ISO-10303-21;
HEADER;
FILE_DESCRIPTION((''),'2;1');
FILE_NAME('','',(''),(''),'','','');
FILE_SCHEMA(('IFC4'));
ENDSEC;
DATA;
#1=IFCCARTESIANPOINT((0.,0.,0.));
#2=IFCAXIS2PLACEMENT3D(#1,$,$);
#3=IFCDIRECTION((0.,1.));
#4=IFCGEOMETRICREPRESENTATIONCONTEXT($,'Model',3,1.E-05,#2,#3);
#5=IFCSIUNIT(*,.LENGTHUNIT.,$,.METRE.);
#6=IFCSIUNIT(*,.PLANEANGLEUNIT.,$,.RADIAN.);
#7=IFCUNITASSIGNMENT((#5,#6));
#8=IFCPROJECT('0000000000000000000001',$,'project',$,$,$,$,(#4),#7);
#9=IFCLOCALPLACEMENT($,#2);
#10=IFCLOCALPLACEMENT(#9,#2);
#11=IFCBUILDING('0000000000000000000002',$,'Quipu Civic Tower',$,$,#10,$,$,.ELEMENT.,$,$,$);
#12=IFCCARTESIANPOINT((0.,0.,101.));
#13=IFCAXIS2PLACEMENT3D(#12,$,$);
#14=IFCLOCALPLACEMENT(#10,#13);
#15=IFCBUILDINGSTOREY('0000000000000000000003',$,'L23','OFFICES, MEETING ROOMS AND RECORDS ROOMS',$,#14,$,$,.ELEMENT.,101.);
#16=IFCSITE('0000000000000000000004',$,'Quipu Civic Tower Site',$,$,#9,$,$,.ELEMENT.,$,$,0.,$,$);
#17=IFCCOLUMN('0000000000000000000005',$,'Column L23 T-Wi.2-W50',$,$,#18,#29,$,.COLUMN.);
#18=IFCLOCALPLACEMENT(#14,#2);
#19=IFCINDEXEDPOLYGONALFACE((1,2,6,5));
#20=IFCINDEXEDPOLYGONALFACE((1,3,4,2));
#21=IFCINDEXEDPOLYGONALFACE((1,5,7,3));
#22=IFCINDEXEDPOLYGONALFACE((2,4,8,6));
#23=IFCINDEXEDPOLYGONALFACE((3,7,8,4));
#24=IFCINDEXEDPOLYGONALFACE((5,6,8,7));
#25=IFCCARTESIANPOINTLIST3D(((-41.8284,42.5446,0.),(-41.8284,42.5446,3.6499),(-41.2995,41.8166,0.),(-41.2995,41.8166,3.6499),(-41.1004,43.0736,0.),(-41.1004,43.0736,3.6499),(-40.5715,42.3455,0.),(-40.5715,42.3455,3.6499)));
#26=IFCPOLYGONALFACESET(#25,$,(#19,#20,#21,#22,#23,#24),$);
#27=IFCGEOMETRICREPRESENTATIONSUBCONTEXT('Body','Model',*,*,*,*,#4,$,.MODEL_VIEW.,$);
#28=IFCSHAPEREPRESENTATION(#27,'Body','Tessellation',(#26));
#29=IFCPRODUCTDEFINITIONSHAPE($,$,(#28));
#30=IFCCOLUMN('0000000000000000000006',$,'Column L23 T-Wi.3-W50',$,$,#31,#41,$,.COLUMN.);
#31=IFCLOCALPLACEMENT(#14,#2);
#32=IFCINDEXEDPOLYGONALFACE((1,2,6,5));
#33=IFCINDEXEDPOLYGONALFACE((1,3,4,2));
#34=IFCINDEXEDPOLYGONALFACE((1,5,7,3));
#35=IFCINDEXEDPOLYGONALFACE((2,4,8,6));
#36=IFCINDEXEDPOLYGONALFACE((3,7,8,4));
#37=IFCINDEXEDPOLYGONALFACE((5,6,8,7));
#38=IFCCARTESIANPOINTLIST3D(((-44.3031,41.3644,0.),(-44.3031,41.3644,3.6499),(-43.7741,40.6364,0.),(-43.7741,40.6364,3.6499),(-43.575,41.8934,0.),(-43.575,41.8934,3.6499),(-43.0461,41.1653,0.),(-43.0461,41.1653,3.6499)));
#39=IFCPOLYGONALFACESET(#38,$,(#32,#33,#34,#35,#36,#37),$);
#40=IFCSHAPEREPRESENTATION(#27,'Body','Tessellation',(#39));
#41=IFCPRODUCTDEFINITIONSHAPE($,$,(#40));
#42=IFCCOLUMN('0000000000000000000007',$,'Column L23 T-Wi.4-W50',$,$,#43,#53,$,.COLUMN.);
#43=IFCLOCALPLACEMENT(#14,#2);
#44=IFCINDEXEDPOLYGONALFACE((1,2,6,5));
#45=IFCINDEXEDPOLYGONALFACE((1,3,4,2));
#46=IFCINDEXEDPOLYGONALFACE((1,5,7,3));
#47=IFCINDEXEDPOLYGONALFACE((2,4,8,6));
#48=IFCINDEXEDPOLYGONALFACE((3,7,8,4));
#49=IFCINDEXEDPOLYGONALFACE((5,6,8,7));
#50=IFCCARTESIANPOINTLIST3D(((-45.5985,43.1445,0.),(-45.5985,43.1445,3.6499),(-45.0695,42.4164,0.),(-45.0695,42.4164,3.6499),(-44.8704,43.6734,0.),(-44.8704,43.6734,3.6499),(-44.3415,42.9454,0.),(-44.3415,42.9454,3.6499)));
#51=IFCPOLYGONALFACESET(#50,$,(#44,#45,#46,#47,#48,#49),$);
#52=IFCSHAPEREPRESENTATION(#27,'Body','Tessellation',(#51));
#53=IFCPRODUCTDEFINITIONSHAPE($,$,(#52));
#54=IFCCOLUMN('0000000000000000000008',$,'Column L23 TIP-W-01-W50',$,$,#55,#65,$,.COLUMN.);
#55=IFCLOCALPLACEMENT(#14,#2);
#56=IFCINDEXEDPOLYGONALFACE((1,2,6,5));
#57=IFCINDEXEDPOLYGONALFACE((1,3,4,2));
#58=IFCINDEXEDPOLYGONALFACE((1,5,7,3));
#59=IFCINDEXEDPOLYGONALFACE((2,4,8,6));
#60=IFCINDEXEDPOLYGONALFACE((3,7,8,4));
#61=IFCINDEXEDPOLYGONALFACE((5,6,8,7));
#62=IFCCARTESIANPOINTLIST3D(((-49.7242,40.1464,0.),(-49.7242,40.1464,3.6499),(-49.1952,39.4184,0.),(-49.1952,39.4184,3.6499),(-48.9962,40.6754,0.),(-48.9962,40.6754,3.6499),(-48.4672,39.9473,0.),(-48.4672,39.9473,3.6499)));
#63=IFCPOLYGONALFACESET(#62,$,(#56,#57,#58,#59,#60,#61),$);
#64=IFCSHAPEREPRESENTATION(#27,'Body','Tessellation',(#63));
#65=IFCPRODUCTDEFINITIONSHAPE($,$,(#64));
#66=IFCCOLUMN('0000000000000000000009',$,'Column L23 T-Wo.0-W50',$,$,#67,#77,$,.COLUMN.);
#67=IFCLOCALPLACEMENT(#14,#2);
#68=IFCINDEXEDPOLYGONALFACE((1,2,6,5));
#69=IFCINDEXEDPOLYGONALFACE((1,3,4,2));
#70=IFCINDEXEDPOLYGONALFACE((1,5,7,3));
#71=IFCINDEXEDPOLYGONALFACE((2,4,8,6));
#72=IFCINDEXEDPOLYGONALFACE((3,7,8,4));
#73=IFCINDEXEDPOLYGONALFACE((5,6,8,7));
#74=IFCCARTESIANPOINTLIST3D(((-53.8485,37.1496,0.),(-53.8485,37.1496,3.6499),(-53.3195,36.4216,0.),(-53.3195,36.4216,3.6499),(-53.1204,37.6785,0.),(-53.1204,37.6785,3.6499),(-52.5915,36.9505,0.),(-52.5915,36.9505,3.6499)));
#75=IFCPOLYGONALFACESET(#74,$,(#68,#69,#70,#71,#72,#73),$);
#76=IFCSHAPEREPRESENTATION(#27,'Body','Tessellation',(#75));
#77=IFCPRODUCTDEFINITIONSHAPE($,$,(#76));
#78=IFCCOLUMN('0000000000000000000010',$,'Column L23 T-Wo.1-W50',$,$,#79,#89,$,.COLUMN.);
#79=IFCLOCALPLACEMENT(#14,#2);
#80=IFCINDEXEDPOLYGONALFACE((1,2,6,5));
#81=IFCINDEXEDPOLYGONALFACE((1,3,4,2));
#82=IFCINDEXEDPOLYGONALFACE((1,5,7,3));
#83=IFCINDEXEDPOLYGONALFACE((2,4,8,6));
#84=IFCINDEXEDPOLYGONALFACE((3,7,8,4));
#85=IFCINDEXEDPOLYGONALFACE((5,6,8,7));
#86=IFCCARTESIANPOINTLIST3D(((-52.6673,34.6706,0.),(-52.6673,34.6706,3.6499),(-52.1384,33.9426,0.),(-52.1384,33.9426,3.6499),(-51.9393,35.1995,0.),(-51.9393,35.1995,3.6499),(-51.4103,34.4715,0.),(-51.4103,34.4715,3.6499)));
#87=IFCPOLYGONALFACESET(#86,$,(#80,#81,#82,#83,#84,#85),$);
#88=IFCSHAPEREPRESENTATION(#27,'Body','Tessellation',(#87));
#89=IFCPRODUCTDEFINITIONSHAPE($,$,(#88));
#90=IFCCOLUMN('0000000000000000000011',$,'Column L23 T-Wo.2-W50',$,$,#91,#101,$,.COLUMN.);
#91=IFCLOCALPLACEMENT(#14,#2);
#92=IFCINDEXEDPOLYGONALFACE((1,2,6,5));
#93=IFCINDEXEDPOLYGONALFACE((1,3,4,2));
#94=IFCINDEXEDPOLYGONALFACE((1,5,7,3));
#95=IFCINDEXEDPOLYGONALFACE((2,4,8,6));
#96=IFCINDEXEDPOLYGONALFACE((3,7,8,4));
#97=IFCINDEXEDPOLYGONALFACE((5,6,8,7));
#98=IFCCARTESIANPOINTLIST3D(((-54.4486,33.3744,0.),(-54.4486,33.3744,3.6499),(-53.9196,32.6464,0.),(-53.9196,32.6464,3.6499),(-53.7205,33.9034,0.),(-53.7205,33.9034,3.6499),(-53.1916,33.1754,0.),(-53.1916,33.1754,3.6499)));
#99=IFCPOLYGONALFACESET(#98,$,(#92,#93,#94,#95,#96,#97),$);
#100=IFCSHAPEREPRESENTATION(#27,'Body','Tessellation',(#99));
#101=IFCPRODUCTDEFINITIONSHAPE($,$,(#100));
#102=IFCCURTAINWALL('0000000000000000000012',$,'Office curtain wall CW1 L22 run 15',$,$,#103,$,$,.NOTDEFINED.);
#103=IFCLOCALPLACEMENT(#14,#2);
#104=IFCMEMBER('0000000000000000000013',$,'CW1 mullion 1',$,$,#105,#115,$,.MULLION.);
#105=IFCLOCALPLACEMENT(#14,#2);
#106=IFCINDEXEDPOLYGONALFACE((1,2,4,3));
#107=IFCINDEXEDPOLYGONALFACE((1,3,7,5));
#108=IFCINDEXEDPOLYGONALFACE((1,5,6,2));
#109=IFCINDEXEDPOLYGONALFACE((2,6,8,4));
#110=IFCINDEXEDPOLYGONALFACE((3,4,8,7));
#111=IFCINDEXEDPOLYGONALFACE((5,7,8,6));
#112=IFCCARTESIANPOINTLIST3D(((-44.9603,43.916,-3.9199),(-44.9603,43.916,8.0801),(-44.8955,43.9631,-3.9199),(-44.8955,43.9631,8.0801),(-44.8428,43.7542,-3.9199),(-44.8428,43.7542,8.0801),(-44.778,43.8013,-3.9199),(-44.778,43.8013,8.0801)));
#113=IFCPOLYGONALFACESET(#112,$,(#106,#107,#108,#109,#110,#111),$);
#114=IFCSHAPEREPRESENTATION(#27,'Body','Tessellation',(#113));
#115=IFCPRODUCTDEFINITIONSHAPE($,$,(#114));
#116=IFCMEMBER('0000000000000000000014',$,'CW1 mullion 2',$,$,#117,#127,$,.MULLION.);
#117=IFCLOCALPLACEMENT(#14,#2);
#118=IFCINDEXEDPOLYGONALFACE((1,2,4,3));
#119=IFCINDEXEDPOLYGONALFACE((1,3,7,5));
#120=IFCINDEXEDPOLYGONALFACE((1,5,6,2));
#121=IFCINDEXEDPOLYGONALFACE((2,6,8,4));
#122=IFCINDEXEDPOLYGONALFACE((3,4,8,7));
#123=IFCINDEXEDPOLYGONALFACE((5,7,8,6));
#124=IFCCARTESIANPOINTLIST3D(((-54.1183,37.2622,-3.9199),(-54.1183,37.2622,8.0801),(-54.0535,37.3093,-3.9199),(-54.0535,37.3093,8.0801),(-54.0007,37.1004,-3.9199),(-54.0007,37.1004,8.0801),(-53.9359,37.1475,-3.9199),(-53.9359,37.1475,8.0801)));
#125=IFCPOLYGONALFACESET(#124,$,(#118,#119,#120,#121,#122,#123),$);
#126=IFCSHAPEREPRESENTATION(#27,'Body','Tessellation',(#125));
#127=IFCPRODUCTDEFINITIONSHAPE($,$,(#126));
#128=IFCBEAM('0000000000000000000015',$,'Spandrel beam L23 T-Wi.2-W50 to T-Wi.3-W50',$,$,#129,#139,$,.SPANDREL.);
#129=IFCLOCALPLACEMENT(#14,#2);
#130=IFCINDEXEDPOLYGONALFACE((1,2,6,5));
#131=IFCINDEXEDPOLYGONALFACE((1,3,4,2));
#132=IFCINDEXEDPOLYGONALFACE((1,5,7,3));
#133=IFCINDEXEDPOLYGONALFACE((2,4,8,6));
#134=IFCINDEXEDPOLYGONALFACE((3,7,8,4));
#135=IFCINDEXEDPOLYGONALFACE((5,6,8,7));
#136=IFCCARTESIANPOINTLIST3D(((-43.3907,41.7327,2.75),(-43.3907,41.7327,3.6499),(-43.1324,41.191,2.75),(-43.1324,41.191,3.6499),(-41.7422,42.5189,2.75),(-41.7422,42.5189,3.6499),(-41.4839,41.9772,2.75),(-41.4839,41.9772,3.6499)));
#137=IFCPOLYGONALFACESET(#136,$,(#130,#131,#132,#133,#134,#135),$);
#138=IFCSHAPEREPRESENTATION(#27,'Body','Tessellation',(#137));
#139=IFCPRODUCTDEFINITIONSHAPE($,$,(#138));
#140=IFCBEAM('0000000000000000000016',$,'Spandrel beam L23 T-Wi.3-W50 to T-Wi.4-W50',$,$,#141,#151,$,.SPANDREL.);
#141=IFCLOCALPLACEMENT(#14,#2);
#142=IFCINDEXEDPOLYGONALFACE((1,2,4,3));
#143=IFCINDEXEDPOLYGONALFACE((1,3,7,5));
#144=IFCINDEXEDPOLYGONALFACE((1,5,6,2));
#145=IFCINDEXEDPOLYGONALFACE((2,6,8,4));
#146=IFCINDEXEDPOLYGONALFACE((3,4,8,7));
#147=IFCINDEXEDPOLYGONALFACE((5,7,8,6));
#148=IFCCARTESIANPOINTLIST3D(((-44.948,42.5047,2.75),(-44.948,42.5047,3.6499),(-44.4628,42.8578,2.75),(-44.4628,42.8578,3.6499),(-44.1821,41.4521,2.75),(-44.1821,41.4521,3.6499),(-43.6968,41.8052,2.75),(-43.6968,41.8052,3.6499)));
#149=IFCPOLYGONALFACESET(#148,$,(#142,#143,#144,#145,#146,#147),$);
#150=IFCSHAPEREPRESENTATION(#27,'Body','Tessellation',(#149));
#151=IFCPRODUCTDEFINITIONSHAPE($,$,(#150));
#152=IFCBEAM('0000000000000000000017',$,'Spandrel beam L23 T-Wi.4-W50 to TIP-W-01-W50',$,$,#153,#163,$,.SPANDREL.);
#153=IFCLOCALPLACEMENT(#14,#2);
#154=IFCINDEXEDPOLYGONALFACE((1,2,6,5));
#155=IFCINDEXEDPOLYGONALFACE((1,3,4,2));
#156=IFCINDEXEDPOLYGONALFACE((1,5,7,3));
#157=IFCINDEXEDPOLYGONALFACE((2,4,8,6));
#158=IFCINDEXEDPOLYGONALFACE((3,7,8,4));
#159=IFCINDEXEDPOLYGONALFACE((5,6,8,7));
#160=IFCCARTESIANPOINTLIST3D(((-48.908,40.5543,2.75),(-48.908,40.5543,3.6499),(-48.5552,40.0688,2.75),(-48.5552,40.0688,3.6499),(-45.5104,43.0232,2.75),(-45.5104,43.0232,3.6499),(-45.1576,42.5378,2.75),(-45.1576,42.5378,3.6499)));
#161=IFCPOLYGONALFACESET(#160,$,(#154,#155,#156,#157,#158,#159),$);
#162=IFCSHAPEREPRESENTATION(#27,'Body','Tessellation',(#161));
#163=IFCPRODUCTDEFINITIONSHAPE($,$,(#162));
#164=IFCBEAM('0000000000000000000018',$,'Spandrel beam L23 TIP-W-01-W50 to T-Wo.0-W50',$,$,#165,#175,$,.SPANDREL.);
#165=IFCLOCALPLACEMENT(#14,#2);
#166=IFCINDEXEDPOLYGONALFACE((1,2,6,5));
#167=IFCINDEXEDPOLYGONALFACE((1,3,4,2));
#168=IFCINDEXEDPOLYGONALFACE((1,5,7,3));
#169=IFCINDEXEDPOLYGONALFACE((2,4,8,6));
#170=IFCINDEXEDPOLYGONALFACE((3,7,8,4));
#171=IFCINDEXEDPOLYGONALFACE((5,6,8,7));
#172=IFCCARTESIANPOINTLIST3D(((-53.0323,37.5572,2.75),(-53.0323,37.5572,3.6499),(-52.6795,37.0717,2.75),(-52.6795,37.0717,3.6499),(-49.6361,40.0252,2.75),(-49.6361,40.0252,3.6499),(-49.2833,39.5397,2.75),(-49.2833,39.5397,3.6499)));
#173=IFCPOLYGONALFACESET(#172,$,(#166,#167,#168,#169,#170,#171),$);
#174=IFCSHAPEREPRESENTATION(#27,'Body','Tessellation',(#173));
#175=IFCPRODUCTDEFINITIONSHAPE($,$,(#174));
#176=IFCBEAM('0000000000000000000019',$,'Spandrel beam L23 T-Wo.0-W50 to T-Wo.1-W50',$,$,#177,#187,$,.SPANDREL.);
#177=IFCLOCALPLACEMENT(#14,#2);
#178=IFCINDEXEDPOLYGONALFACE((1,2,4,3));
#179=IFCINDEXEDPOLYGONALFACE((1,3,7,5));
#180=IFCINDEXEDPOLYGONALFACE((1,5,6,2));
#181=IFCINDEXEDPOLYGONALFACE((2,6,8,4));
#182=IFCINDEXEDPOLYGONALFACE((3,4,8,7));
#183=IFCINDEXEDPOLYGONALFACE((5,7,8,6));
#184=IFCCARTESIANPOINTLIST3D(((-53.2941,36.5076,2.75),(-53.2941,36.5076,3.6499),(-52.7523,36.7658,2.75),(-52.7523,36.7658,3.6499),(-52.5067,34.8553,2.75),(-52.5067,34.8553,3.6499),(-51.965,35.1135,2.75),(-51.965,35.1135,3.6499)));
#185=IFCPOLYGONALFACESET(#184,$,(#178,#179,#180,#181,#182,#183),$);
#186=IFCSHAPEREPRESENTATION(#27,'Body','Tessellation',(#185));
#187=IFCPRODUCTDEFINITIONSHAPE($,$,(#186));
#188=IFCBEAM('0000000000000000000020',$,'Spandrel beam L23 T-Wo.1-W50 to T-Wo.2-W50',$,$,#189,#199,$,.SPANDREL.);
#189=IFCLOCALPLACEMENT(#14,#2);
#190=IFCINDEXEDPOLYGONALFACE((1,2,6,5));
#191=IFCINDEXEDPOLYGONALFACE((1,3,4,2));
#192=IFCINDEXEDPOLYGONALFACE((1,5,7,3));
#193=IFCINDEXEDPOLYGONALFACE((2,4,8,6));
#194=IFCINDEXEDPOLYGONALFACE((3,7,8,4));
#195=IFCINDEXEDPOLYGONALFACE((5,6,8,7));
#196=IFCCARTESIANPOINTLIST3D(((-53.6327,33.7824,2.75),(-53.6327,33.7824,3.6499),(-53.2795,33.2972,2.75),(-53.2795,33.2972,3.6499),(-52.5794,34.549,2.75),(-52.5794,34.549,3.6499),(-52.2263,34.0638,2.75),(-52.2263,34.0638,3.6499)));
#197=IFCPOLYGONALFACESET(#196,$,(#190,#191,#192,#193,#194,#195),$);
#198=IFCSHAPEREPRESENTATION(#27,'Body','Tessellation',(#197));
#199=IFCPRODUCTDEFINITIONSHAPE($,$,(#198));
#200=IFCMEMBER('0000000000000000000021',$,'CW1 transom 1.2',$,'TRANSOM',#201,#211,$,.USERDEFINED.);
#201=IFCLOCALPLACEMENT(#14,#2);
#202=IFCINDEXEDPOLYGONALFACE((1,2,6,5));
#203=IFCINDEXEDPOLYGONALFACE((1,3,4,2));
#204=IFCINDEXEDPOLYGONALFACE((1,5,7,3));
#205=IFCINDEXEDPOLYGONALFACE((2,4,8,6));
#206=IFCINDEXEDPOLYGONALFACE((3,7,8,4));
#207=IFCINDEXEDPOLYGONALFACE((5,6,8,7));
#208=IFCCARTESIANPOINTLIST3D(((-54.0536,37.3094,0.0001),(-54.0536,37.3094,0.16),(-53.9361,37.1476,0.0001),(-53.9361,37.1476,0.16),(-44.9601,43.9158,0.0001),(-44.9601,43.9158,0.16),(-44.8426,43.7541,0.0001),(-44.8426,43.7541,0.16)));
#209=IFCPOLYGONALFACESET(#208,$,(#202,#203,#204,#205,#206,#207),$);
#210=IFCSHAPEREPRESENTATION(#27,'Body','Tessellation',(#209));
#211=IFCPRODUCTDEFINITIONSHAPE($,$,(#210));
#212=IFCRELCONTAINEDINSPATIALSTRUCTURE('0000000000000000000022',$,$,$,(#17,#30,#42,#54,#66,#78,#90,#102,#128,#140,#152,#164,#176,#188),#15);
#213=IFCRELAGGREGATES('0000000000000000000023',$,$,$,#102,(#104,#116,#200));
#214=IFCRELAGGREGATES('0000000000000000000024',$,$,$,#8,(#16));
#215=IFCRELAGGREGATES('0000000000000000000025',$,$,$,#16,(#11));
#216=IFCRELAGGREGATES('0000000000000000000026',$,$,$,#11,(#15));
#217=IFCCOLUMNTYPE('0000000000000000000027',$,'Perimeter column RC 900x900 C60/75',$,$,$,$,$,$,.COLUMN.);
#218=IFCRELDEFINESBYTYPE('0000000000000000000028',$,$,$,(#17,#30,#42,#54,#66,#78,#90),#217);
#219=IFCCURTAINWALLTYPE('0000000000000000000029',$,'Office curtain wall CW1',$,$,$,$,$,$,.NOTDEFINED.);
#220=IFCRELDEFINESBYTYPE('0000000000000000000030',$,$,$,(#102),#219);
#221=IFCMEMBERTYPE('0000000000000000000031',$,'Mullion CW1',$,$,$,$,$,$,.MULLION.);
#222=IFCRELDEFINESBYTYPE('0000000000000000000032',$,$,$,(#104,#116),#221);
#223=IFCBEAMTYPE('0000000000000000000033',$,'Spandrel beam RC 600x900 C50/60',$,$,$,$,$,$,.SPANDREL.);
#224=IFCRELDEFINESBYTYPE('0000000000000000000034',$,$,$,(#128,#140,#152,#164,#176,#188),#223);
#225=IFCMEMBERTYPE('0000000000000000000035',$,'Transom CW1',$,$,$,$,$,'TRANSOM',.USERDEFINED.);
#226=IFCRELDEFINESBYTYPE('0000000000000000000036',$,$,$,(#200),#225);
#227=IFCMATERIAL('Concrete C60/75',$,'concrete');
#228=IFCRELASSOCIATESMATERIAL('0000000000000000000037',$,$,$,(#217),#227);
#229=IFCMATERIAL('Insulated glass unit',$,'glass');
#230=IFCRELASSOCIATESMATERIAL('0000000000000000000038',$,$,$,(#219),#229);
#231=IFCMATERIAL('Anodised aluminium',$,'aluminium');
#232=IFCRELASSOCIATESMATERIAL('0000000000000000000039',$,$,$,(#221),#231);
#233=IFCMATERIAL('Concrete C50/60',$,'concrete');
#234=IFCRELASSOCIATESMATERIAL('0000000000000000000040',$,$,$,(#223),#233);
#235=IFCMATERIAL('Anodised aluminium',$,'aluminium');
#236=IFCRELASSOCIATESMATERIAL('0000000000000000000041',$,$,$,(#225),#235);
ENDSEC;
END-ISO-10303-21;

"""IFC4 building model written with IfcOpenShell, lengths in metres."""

from ifc_helpers import new_model, si_unit, direction, frame, origin, origin_2d, place, context, subcontext, project, spatial, rectangle, extrude, material, material_profile, profile_set, type_object, element, aggregate, save


model = new_model("IFC4")

# Units and contexts
model_context = context("Model", 3, precision=1e-05, world=origin(), true_north=direction((0.0, 1.0)))
body_context = subcontext(model_context, "Body", "Model", "MODEL_VIEW")
ifc_project = project(units=[si_unit("LENGTHUNIT", "METRE"), si_unit("PLANEANGLEUNIT", "RADIAN")], contexts=[model_context])

# Site, building, storey
site_placement = place(None, origin())
site = spatial("IfcSite", under=ifc_project, at=site_placement, Name="Quipu Civic Tower Site", CompositionType="ELEMENT", RefElevation=0.0)
building_placement = place(site_placement, origin())
building = spatial("IfcBuilding", under=site, at=building_placement, Name="Quipu Civic Tower", CompositionType="ELEMENT")
storey_placement = place(building_placement, frame((0.0, 0.0, 101.0)))
storey = spatial("IfcBuildingStorey", under=building, at=storey_placement, Name="L23", Description="OFFICES, MEETING ROOMS AND RECORDS ROOMS", CompositionType="ELEMENT", Elevation=101.0)

# Columns
ifc_material_1 = material(Name="Concrete C60/75", Category="concrete")
ifc_material_profile_1 = material_profile(ifc_material_1, rectangle(XDim=0.8999, YDim=0.8999, at=origin_2d()), Name="RC900x900")
ifc_profile_set_1 = profile_set([ifc_material_profile_1], Name="Concrete C60/75")
column_type = type_object("IfcColumnType", Name="Perimeter column RC 900x900 C60/75", PredefinedType="COLUMN", material=ifc_profile_set_1)
for number, where, z_axis, x_axis, name in (
    (1, (-41.2, 42.4451, 0.0), (0.0, 0.0, 1.0), (-0.587785, 0.809017, 0.0), "Column L23 T-Wi.2-W50"),
    (2, (-43.6746, 41.2649, 0.0), (0.0, 0.0, 1.0), (-0.809017, -0.587785, 0.0), "Column L23 T-Wi.3-W50"),
    (3, (-44.97, 43.0449, 0.0), (0.0, 0.0, 1.0), (-0.809017, -0.587785, 0.0), "Column L23 T-Wi.4-W50"),
    (4, (-49.0957, 40.0469, 0.0), (0.0, 0.0, 1.0), (-0.809017, -0.587785, 0.0), "Column L23 TIP-W-01-W50"),
    (5, (-53.22, 37.05, 0.0), (0.0, 0.0, 1.0), (0.587785, -0.809017, 0.0), "Column L23 T-Wo.0-W50"),
    (6, (-52.0388, 34.571, 0.0), (0.0, 0.0, 1.0), (-0.809017, -0.587785, 0.0), "Column L23 T-Wo.1-W50"),
    (7, (-53.8201, 33.2749, 0.0), (0.0, 0.0, 1.0), (0.587785, -0.809017, 0.0), "Column L23 T-Wo.2-W50"),
):
    element("IfcColumn", number, at=place(storey_placement, frame(where, z_axis=z_axis, x_axis=x_axis)), inside=storey, type_object=column_type, Name=name, PredefinedType="COLUMN", context=body_context, shape_type="SweptSolid", body=[
        extrude(rectangle(XDim=0.8999, YDim=0.8999, at=origin_2d()), origin(), (0.0, 0.0, 1.0), 3.6499),
    ])

# Curtain wall, members
ifc_material_2 = material(Name="Insulated glass unit", Category="glass")
curtain_wall_type = type_object("IfcCurtainWallType", Name="Office curtain wall CW1", PredefinedType="NOTDEFINED", material=ifc_material_2)
curtain_wall_placement = place(storey_placement, origin())
curtain_wall = element("IfcCurtainWall", 8, at=curtain_wall_placement, inside=storey, type_object=curtain_wall_type, Name="Office curtain wall CW1 L22 run 15", PredefinedType="NOTDEFINED")
ifc_material_3 = material(Name="Anodised aluminium", Category="aluminium")
ifc_material_profile_2 = material_profile(ifc_material_3, rectangle(XDim=0.2, YDim=0.0801, at=origin_2d()), Name="RECT 200x80")
ifc_profile_set_2 = profile_set([ifc_material_profile_2], Name="Anodised aluminium")
member_type_1 = type_object("IfcMemberType", Name="Mullion CW1", PredefinedType="MULLION", material=ifc_profile_set_2)
member_1_placement = place(storey_placement, frame((-44.8691, 43.8586, -3.9199), z_axis=(0.0, 0.0, 1.0), x_axis=(0.587782, -0.809019, 0.0)))
member_1 = element("IfcMember", 9, at=member_1_placement, type_object=member_type_1, Name="CW1 mullion 1", PredefinedType="MULLION", context=body_context, shape_type="SweptSolid", body=[
    extrude(rectangle(XDim=0.2, YDim=0.0801, at=origin_2d()), origin(), (0.0, 0.0, 1.0), 12.0),
])
member_2_placement = place(storey_placement, frame((-54.0271, 37.2048, -3.9199), z_axis=(0.0, 0.0, 1.0), x_axis=(0.587782, -0.809019, 0.0)))
member_2 = element("IfcMember", 10, at=member_2_placement, type_object=member_type_1, Name="CW1 mullion 2", PredefinedType="MULLION", context=body_context, shape_type="SweptSolid", body=[
    extrude(rectangle(XDim=0.2, YDim=0.0801, at=origin_2d()), origin(), (0.0, 0.0, 1.0), 12.0),
])

# Beams
ifc_material_4 = material(Name="Concrete C50/60", Category="concrete")
ifc_material_profile_3 = material_profile(ifc_material_4, rectangle(XDim=0.6001, YDim=0.8999, at=origin_2d()), Name="RC600x900")
ifc_profile_set_3 = profile_set([ifc_material_profile_3], Name="Concrete C50/60")
beam_type = type_object("IfcBeamType", Name="Spandrel beam RC 600x900 C50/60", PredefinedType="SPANDREL", material=ifc_profile_set_3)
beam_1_placement = place(storey_placement, frame((-41.613, 42.248, 3.2), z_axis=(-0.902613, -0.430452, 0.0), x_axis=(0.430452, -0.902613, 0.0)))
element("IfcBeam", 11, at=beam_1_placement, inside=storey, type_object=beam_type, Name="Spandrel beam L23 T-Wi.2-W50 to T-Wi.3-W50", PredefinedType="SPANDREL", context=body_context, shape_type="SweptSolid", body=[
    extrude(rectangle(XDim=0.6001, YDim=0.8999, at=origin_2d()), origin(), (0.0, 0.0, 1.0), 1.8264),
])
beam_2_placement = place(storey_placement, frame((-43.9395, 41.6287, 3.2), z_axis=(-0.588384, 0.808582, 0.0), x_axis=(-0.808582, -0.588384, 0.0)))
element("IfcBeam", 12, at=beam_2_placement, inside=storey, type_object=beam_type, Name="Spandrel beam L23 T-Wi.3-W50 to T-Wi.4-W50", PredefinedType="SPANDREL", context=body_context, shape_type="SweptSolid", body=[
    extrude(rectangle(XDim=0.6001, YDim=0.8999, at=origin_2d()), origin(), (0.0, 0.0, 1.0), 1.3018),
])
beam_3_placement = place(storey_placement, frame((-45.334, 42.7805, 3.2), z_axis=(-0.80897, -0.58785, 0.0), x_axis=(0.58785, -0.80897, 0.0)))
element("IfcBeam", 13, at=beam_3_placement, inside=storey, type_object=beam_type, Name="Spandrel beam L23 T-Wi.4-W50 to TIP-W-01-W50", PredefinedType="SPANDREL", context=body_context, shape_type="SweptSolid", body=[
    extrude(rectangle(XDim=0.6001, YDim=0.8999, at=origin_2d()), origin(), (0.0, 0.0, 1.0), 4.2),
])
beam_4_placement = place(storey_placement, frame((-49.4597, 39.7825, 3.2), z_axis=(-0.80896, -0.587864, 0.0), x_axis=(0.587864, -0.80896, 0.0)))
element("IfcBeam", 14, at=beam_4_placement, inside=storey, type_object=beam_type, Name="Spandrel beam L23 TIP-W-01-W50 to T-Wo.0-W50", PredefinedType="SPANDREL", context=body_context, shape_type="SweptSolid", body=[
    extrude(rectangle(XDim=0.6001, YDim=0.8999, at=origin_2d()), origin(), (0.0, 0.0, 1.0), 4.1982),
])
beam_5_placement = place(storey_placement, frame((-53.0232, 36.6367, 3.2), z_axis=(0.430167, -0.90275, 0.0), x_axis=(0.90275, 0.430167, 0.0)))
element("IfcBeam", 15, at=beam_5_placement, inside=storey, type_object=beam_type, Name="Spandrel beam L23 T-Wo.0-W50 to T-Wo.1-W50", PredefinedType="SPANDREL", context=body_context, shape_type="SweptSolid", body=[
    extrude(rectangle(XDim=0.6001, YDim=0.8999, at=origin_2d()), origin(), (0.0, 0.0, 1.0), 1.8303),
])
beam_6_placement = place(storey_placement, frame((-52.4028, 34.3064, 3.2), z_axis=(-0.808509, -0.588484, 0.0), x_axis=(0.588484, -0.808509, 0.0)))
element("IfcBeam", 16, at=beam_6_placement, inside=storey, type_object=beam_type, Name="Spandrel beam L23 T-Wo.1-W50 to T-Wo.2-W50", PredefinedType="SPANDREL", context=body_context, shape_type="SweptSolid", body=[
    extrude(rectangle(XDim=0.6001, YDim=0.8999, at=origin_2d()), origin(), (0.0, 0.0, 1.0), 1.3027),
])

# Member
ifc_material_5 = material(Name="Anodised aluminium", Category="aluminium")
ifc_material_profile_4 = material_profile(ifc_material_5, rectangle(XDim=0.2, YDim=0.1599, at=origin_2d()), Name="RECT 200x160")
ifc_profile_set_4 = profile_set([ifc_material_profile_4], Name="Anodised aluminium")
member_type_2 = type_object("IfcMemberType", Name="Transom CW1", ElementType="TRANSOM", PredefinedType="USERDEFINED", material=ifc_profile_set_4)
member_3_placement = place(storey_placement, frame((-44.9014, 43.835, 0.0801), z_axis=(-0.809033, -0.587764, 0.0), x_axis=(0.587764, -0.809033, 0.0)))
member_3 = element("IfcMember", 17, at=member_3_placement, type_object=member_type_2, Name="CW1 transom 1.2", ObjectType="TRANSOM", PredefinedType="USERDEFINED", context=body_context, shape_type="SweptSolid", body=[
    extrude(rectangle(XDim=0.2, YDim=0.1599, at=origin_2d()), origin(), (0.0, 0.0, 1.0), 11.24),
])

aggregate(curtain_wall, [member_1, member_2, member_3])

save(model, "model.ifc")
